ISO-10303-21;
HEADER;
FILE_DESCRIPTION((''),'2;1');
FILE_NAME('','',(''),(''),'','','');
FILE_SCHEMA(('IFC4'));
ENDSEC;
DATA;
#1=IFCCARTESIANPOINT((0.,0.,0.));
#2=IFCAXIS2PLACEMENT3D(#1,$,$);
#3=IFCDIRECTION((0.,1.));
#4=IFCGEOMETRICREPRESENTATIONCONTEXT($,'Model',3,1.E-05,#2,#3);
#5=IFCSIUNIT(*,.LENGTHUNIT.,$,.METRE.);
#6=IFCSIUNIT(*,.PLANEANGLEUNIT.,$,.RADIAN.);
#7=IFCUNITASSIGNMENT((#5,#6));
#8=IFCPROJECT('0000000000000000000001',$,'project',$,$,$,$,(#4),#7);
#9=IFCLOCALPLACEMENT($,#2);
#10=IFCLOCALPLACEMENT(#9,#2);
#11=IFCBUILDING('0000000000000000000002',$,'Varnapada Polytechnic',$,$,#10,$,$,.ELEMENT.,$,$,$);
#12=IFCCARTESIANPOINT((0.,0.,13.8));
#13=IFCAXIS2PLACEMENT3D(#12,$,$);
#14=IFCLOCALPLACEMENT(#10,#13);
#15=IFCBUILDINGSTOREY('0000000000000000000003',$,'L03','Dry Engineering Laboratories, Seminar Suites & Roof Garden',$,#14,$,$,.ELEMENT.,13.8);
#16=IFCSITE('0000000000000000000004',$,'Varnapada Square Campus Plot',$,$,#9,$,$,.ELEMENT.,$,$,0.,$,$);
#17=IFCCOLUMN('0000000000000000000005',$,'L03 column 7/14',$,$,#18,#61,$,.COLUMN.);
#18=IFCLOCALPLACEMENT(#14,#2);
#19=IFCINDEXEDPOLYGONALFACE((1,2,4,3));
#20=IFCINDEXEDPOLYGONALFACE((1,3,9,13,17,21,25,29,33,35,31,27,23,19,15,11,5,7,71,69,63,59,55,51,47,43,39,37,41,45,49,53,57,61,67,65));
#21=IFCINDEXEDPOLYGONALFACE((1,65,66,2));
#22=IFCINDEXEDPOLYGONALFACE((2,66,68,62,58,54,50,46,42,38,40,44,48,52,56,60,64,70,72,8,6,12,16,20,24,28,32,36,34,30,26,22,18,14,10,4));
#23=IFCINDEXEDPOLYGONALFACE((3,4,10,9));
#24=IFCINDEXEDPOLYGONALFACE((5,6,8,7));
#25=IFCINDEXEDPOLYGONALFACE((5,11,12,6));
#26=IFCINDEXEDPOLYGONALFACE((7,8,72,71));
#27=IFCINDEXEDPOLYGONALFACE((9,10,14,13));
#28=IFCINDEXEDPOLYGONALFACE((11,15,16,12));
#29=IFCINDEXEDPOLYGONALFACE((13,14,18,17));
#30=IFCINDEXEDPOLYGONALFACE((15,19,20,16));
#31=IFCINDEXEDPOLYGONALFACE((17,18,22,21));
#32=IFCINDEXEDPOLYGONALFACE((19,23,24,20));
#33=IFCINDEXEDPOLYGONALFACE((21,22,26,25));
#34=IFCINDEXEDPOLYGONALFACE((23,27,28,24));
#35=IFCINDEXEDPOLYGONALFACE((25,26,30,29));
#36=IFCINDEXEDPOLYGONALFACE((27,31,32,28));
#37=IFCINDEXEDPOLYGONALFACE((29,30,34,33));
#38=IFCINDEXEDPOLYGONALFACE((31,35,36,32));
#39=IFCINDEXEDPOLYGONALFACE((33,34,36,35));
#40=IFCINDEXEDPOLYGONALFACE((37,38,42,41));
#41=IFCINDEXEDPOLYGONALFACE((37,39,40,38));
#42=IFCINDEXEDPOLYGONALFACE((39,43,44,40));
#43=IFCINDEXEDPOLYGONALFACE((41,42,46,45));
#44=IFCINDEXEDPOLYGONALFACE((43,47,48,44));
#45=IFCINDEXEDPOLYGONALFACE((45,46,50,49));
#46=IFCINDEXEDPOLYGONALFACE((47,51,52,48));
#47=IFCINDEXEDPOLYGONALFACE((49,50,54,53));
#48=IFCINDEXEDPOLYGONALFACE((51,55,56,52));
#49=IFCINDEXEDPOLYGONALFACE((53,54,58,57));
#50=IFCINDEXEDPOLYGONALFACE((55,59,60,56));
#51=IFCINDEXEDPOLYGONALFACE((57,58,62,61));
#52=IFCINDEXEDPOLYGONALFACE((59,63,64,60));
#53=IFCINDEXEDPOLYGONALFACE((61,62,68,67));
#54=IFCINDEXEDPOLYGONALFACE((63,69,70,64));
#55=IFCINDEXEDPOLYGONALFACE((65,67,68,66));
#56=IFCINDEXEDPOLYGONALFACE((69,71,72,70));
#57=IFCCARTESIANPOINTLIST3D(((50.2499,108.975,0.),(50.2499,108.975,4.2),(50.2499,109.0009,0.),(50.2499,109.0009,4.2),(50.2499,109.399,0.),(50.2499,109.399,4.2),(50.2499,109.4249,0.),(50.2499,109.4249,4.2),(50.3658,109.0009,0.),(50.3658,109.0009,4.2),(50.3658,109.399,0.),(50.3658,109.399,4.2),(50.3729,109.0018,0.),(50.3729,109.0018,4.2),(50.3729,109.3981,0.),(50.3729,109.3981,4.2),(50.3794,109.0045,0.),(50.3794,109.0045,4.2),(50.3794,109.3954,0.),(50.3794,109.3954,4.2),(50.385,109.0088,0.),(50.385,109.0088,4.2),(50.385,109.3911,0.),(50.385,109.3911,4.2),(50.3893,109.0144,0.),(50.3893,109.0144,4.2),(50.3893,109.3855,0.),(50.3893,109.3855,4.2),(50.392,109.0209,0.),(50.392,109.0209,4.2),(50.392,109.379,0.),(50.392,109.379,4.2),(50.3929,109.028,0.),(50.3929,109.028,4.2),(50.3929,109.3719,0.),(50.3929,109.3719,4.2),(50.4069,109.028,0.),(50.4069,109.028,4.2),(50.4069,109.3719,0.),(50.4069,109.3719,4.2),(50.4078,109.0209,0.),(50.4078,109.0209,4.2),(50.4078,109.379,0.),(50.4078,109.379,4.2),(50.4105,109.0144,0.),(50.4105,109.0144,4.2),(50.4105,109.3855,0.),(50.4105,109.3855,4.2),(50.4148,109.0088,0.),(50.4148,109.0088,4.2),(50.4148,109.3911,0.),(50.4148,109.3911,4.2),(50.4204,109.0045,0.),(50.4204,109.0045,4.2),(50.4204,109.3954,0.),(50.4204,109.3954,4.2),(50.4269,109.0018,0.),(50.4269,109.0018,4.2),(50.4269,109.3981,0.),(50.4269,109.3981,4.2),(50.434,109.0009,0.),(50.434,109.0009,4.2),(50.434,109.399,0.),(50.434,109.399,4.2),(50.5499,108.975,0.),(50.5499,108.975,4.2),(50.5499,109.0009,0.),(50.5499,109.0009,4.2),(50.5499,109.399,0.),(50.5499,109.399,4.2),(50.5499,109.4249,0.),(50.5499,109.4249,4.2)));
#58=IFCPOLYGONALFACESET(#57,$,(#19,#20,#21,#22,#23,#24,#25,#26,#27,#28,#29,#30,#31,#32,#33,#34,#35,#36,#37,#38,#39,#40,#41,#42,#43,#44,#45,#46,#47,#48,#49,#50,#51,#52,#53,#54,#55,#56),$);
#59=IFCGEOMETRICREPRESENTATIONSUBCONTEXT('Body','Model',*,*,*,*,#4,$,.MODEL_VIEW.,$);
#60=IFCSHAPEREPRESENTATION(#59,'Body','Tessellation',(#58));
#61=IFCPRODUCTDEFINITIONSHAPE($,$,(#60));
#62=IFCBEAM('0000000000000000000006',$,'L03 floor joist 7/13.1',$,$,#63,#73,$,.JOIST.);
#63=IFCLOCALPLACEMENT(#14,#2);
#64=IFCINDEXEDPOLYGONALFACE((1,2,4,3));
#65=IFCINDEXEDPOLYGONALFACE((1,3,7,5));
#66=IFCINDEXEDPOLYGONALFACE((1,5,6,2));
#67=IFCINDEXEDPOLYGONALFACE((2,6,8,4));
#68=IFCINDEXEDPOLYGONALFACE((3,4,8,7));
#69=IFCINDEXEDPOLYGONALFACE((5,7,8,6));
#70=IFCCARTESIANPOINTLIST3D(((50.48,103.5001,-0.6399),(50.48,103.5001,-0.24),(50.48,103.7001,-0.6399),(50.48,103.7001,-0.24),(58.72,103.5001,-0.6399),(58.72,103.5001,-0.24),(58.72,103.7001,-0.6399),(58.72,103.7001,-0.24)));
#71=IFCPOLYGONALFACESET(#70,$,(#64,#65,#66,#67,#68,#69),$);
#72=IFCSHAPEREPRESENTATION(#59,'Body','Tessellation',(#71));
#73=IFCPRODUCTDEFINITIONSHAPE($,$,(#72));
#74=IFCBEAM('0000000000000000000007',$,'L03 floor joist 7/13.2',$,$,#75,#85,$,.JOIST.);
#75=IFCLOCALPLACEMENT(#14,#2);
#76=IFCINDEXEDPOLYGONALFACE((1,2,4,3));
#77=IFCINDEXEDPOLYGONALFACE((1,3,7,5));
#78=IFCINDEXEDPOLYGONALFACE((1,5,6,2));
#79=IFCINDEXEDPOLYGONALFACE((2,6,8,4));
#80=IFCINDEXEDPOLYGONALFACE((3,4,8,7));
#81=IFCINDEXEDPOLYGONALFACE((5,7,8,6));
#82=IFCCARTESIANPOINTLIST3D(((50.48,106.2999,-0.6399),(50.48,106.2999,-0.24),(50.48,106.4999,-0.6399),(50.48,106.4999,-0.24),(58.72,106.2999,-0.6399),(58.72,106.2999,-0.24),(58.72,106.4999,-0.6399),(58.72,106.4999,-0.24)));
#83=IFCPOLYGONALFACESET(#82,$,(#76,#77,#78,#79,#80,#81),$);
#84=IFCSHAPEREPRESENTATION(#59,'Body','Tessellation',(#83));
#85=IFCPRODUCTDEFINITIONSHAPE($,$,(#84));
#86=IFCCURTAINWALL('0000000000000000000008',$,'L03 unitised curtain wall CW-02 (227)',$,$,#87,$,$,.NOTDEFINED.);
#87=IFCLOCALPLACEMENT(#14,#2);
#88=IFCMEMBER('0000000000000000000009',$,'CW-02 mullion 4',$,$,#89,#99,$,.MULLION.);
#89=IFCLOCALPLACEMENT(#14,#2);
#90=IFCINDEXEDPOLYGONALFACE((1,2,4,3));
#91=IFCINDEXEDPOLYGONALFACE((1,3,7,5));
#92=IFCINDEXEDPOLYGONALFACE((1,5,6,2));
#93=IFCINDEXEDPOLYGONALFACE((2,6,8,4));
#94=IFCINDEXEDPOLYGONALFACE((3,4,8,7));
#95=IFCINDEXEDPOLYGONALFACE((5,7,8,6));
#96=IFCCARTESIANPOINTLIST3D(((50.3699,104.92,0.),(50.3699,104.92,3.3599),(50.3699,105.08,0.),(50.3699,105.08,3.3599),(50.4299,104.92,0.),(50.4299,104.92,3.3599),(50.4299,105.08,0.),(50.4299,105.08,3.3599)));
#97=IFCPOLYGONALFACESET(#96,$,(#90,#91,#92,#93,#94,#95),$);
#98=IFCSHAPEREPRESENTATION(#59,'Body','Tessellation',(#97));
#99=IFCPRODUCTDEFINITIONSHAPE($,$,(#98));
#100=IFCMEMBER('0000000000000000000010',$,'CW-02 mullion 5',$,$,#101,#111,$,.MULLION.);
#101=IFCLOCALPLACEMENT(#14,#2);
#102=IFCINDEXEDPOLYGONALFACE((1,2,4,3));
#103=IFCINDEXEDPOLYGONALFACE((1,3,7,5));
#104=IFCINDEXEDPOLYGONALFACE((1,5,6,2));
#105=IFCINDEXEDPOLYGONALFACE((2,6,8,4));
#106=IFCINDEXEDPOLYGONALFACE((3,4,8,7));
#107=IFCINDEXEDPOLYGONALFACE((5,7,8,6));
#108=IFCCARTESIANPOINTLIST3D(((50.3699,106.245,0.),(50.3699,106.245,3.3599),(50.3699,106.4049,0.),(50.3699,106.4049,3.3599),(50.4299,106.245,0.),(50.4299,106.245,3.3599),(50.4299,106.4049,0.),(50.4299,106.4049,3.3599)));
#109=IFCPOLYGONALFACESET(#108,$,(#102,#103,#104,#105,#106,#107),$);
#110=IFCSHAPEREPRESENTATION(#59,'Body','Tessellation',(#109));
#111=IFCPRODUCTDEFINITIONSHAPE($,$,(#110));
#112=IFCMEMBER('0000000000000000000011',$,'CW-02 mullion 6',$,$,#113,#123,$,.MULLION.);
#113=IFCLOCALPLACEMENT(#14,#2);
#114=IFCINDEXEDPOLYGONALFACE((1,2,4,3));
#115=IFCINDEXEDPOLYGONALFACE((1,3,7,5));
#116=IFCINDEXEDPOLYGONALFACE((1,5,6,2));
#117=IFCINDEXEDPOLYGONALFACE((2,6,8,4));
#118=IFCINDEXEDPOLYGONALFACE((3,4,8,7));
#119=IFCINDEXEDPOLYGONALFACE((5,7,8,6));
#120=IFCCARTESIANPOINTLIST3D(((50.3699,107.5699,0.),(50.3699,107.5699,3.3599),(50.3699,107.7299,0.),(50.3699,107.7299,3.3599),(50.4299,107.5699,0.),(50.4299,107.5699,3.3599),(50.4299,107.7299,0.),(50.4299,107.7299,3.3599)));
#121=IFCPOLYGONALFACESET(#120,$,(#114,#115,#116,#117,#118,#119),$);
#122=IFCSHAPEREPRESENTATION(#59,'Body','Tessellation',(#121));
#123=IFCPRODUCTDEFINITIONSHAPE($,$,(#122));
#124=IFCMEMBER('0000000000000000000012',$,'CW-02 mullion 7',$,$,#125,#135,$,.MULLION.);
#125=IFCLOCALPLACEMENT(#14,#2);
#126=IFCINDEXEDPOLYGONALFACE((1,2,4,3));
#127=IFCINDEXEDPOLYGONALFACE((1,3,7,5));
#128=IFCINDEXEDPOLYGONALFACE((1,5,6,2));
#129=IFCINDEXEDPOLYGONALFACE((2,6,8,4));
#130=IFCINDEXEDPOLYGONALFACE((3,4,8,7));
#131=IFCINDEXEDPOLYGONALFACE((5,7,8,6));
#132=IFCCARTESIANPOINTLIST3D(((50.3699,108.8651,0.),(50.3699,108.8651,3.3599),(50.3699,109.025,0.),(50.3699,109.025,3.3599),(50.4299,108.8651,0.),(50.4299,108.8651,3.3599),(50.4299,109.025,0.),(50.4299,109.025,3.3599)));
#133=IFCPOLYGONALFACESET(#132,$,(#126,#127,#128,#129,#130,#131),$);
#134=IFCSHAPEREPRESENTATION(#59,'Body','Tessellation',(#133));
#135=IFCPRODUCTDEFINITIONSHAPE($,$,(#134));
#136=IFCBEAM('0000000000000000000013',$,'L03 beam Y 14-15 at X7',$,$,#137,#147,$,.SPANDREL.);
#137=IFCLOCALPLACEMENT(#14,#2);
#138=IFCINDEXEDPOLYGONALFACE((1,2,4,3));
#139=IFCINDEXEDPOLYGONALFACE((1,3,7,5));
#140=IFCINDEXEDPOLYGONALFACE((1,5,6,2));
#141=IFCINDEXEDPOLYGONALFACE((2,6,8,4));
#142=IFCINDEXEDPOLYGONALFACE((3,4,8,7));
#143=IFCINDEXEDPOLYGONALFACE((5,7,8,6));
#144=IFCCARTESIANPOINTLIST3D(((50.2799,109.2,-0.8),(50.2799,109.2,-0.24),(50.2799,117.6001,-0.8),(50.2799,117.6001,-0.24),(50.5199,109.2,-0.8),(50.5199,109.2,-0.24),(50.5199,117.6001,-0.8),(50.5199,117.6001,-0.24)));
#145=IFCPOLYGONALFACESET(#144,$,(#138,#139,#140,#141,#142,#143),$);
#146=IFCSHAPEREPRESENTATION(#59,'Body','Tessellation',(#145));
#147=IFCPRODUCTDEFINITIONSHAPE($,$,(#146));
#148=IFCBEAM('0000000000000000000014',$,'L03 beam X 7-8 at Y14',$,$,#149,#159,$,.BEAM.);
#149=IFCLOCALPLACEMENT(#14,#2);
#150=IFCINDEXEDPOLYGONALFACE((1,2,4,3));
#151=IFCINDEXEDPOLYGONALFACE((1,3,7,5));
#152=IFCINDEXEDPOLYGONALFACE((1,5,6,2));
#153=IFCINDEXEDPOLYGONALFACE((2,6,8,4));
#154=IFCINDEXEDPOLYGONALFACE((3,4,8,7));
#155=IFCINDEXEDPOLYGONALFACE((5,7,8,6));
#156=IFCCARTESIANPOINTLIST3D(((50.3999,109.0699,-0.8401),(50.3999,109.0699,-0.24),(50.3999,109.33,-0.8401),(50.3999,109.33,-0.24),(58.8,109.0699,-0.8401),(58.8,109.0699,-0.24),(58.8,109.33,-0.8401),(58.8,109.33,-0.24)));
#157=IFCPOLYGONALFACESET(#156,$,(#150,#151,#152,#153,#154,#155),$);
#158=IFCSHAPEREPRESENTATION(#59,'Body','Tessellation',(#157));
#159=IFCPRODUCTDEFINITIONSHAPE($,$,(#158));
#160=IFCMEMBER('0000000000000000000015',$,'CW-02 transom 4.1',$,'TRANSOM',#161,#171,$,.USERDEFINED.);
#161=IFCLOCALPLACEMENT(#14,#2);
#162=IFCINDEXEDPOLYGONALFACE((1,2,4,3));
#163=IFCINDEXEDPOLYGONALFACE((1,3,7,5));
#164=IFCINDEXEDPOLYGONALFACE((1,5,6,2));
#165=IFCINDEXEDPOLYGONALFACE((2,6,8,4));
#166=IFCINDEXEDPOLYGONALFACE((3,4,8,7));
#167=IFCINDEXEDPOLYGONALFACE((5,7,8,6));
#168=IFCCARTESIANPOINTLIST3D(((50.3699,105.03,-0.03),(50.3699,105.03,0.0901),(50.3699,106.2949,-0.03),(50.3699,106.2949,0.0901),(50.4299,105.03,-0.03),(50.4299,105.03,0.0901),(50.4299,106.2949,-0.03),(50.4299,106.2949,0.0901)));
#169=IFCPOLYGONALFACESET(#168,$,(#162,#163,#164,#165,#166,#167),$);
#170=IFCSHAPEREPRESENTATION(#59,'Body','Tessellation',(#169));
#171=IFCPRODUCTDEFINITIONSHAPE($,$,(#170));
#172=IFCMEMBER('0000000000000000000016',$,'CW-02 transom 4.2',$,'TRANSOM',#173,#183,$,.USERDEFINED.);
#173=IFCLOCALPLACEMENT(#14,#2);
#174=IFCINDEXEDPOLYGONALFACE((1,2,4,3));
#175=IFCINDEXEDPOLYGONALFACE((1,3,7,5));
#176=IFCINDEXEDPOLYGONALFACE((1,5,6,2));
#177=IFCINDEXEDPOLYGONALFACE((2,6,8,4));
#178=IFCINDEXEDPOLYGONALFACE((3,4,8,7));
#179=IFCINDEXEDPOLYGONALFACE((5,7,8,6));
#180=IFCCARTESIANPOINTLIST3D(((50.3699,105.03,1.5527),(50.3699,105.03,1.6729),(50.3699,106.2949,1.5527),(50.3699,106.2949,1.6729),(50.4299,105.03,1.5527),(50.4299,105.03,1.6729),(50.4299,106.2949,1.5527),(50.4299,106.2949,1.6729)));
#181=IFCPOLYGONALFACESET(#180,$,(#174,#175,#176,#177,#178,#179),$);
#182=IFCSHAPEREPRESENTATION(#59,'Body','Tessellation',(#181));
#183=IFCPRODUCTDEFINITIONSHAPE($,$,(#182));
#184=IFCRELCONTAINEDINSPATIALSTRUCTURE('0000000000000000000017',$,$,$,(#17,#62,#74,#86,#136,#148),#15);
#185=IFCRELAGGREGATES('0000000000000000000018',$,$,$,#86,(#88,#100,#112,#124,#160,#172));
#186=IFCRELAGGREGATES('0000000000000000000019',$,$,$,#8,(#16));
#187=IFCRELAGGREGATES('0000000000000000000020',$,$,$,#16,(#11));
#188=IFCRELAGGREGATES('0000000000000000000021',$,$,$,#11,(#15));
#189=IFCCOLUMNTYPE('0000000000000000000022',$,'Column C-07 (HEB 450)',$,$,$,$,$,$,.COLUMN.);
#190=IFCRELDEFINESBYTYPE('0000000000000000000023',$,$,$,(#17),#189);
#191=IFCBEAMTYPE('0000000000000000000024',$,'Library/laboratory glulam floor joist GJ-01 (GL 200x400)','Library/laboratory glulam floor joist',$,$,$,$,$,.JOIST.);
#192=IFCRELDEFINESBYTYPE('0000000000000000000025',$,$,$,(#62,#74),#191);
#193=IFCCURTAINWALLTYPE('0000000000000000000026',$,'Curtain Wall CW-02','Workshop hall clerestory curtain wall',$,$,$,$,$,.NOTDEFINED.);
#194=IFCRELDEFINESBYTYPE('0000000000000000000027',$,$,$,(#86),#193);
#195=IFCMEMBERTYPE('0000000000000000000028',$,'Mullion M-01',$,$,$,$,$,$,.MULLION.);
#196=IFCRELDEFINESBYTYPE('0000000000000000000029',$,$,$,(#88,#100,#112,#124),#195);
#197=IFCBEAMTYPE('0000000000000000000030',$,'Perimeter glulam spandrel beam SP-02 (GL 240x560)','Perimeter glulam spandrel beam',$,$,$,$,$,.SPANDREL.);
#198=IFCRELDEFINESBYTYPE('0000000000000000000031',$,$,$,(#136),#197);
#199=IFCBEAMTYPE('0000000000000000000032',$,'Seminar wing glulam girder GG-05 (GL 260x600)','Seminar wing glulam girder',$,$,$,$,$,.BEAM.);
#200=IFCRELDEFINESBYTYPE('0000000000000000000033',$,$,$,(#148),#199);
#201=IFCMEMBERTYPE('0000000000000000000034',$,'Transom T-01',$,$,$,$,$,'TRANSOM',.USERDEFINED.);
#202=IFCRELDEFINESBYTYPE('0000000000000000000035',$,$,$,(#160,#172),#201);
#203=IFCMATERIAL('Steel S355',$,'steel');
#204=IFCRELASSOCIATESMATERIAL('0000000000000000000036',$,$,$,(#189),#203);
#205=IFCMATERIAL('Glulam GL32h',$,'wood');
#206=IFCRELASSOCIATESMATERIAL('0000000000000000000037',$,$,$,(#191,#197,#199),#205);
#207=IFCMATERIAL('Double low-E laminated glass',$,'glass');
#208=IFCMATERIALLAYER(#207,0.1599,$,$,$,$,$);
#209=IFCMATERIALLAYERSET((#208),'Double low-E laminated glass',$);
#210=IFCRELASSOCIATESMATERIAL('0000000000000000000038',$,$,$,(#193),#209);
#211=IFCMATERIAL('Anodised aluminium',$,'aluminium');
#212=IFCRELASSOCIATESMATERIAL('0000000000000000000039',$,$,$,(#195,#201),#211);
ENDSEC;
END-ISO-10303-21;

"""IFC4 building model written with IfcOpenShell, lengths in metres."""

from ifc_helpers import new_model, si_unit, direction, frame, origin, origin_2d, place, context, subcontext, project, spatial, rectangle, i_section, extrude, material, layer, layer_set, material_profile, profile_set, type_object, element, aggregate, save


model = new_model("IFC4")

# Units and contexts
model_context = context("Model", 3, precision=1e-05, world=origin(), true_north=direction((0.0, 1.0)))
body_context = subcontext(model_context, "Body", "Model", "MODEL_VIEW")
ifc_project = project(units=[si_unit("LENGTHUNIT", "METRE"), si_unit("PLANEANGLEUNIT", "RADIAN")], contexts=[model_context])

# Site, building, storey
site_placement = place(None, origin())
site = spatial("IfcSite", under=ifc_project, at=site_placement, Name="Varnapada Square Campus Plot", CompositionType="ELEMENT", RefElevation=0.0)
building_placement = place(site_placement, origin())
building = spatial("IfcBuilding", under=site, at=building_placement, Name="Varnapada Polytechnic", CompositionType="ELEMENT")
storey_placement = place(building_placement, frame((0.0, 0.0, 13.8)))
storey = spatial("IfcBuildingStorey", under=building, at=storey_placement, Name="L03", Description="Dry Engineering Laboratories, Seminar Suites & Roof Garden", CompositionType="ELEMENT", Elevation=13.8)

# Column
ifc_material_1 = material(Name="Steel S355", Category="steel")
ifc_material_profile_1 = material_profile(ifc_material_1, i_section(OverallWidth=0.3, OverallDepth=0.45, WebThickness=0.0139, FlangeThickness=0.0259, FilletRadius=0.0271, at=origin_2d()), Name="HEB 450")
ifc_profile_set_1 = profile_set([ifc_material_profile_1], Name="Steel S355")
column_type = type_object("IfcColumnType", Name="Column C-07 (HEB 450)", PredefinedType="COLUMN", material=ifc_profile_set_1)
column_placement = place(storey_placement, frame((50.3999, 109.2, 0.0), z_axis=(0.0, 0.0, 1.0), x_axis=(1.0, 0.0, 0.0)))
element("IfcColumn", 1, at=column_placement, inside=storey, type_object=column_type, Name="L03 column 7/14", PredefinedType="COLUMN", context=body_context, shape_type="SweptSolid", body=[
    extrude(i_section(OverallWidth=0.3, OverallDepth=0.45, WebThickness=0.0139, FlangeThickness=0.0259, FilletRadius=0.0271, at=origin_2d()), origin(), (0.0, 0.0, 1.0), 4.2),
])

# Beams
ifc_material_2 = material(Name="Glulam GL32h", Category="wood")
ifc_material_profile_2 = material_profile(ifc_material_2, rectangle(XDim=0.2, YDim=0.3999, at=origin_2d()), Name="GL 200x400")
ifc_profile_set_2 = profile_set([ifc_material_profile_2], Name="Glulam GL32h")
beam_type_1 = type_object("IfcBeamType", Name="Library/laboratory glulam floor joist GJ-01 (GL 200x400)", Description="Library/laboratory glulam floor joist", PredefinedType="JOIST", material=ifc_profile_set_2)
for number, where, z_axis, x_axis, name in (
    (2, (50.48, 103.6001, -0.4399), (1.0, 0.0, 0.0), (0.0, 1.0, 0.0), "L03 floor joist 7/13.1"),
    (3, (50.48, 106.3999, -0.4399), (1.0, 0.0, 0.0), (0.0, 1.0, 0.0), "L03 floor joist 7/13.2"),
):
    element("IfcBeam", number, at=place(storey_placement, frame(where, z_axis=z_axis, x_axis=x_axis)), inside=storey, type_object=beam_type_1, Name=name, PredefinedType="JOIST", context=body_context, shape_type="SweptSolid", body=[
        extrude(rectangle(XDim=0.2, YDim=0.3999, at=origin_2d()), origin(), (0.0, 0.0, 1.0), 8.24),
    ])

# Curtain wall, members
ifc_material_3 = material(Name="Double low-E laminated glass", Category="glass")
ifc_layer_1 = layer(ifc_material_3, 0.1599)
ifc_layer_set_1 = layer_set([ifc_layer_1], Name="Double low-E laminated glass")
curtain_wall_type = type_object("IfcCurtainWallType", Name="Curtain Wall CW-02", Description="Workshop hall clerestory curtain wall", PredefinedType="NOTDEFINED", material=ifc_layer_set_1)
curtain_wall_placement = place(storey_placement, origin())
curtain_wall = element("IfcCurtainWall", 4, at=curtain_wall_placement, inside=storey, type_object=curtain_wall_type, Name="L03 unitised curtain wall CW-02 (227)", PredefinedType="NOTDEFINED")
ifc_material_4 = material(Name="Anodised aluminium", Category="aluminium")
ifc_material_profile_3 = material_profile(ifc_material_4, rectangle(XDim=0.0601, YDim=0.1599, at=origin_2d()), Name="ALU M60x160")
ifc_profile_set_3 = profile_set([ifc_material_profile_3], Name="Anodised aluminium")
member_type_1 = type_object("IfcMemberType", Name="Mullion M-01", PredefinedType="MULLION", material=ifc_profile_set_3)
member_1_placement = place(storey_placement, frame((50.3999, 105.0, 0.0), z_axis=(0.0, 0.0, 1.0), x_axis=(-1.0, 0.0, 0.0)))
member_1 = element("IfcMember", 5, at=member_1_placement, type_object=member_type_1, Name="CW-02 mullion 4", PredefinedType="MULLION", context=body_context, shape_type="SweptSolid", body=[
    extrude(rectangle(XDim=0.0601, YDim=0.1599, at=origin_2d()), origin(), (0.0, 0.0, 1.0), 3.3599),
])
member_2_placement = place(storey_placement, frame((50.3999, 106.325, 0.0), z_axis=(0.0, 0.0, 1.0), x_axis=(-1.0, 0.0, 0.0)))
member_2 = element("IfcMember", 6, at=member_2_placement, type_object=member_type_1, Name="CW-02 mullion 5", PredefinedType="MULLION", context=body_context, shape_type="SweptSolid", body=[
    extrude(rectangle(XDim=0.0601, YDim=0.1599, at=origin_2d()), origin(), (0.0, 0.0, 1.0), 3.3599),
])
member_3_placement = place(storey_placement, frame((50.3999, 107.6499, 0.0), z_axis=(0.0, 0.0, 1.0), x_axis=(-1.0, 0.0, 0.0)))
member_3 = element("IfcMember", 7, at=member_3_placement, type_object=member_type_1, Name="CW-02 mullion 6", PredefinedType="MULLION", context=body_context, shape_type="SweptSolid", body=[
    extrude(rectangle(XDim=0.0601, YDim=0.1599, at=origin_2d()), origin(), (0.0, 0.0, 1.0), 3.3599),
])
member_4_placement = place(storey_placement, frame((50.3999, 108.9451, 0.0), z_axis=(0.0, 0.0, 1.0), x_axis=(-1.0, 0.0, 0.0)))
member_4 = element("IfcMember", 8, at=member_4_placement, type_object=member_type_1, Name="CW-02 mullion 7", PredefinedType="MULLION", context=body_context, shape_type="SweptSolid", body=[
    extrude(rectangle(XDim=0.0601, YDim=0.1599, at=origin_2d()), origin(), (0.0, 0.0, 1.0), 3.3599),
])

# Beams
ifc_material_profile_4 = material_profile(ifc_material_2, rectangle(XDim=0.24, YDim=0.5601, at=origin_2d()), Name="GL 240x560")
ifc_profile_set_4 = profile_set([ifc_material_profile_4], Name="Glulam GL32h")
beam_type_2 = type_object("IfcBeamType", Name="Perimeter glulam spandrel beam SP-02 (GL 240x560)", Description="Perimeter glulam spandrel beam", PredefinedType="SPANDREL", material=ifc_profile_set_4)
beam_1_placement = place(storey_placement, frame((50.3999, 109.2, -0.52), z_axis=(0.0, 1.0, 0.0), x_axis=(-1.0, 0.0, 0.0)))
element("IfcBeam", 9, at=beam_1_placement, inside=storey, type_object=beam_type_2, Name="L03 beam Y 14-15 at X7", PredefinedType="SPANDREL", context=body_context, shape_type="SweptSolid", body=[
    extrude(rectangle(XDim=0.24, YDim=0.5601, at=origin_2d()), origin(), (0.0, 0.0, 1.0), 8.4001),
])
ifc_material_profile_5 = material_profile(ifc_material_2, rectangle(XDim=0.26, YDim=0.6001, at=origin_2d()), Name="GL 260x600")
ifc_profile_set_5 = profile_set([ifc_material_profile_5], Name="Glulam GL32h")
beam_type_3 = type_object("IfcBeamType", Name="Seminar wing glulam girder GG-05 (GL 260x600)", Description="Seminar wing glulam girder", PredefinedType="BEAM", material=ifc_profile_set_5)
beam_2_placement = place(storey_placement, frame((50.3999, 109.2, -0.54), z_axis=(1.0, 0.0, 0.0), x_axis=(0.0, 1.0, 0.0)))
element("IfcBeam", 10, at=beam_2_placement, inside=storey, type_object=beam_type_3, Name="L03 beam X 7-8 at Y14", PredefinedType="BEAM", context=body_context, shape_type="SweptSolid", body=[
    extrude(rectangle(XDim=0.26, YDim=0.6001, at=origin_2d()), origin(), (0.0, 0.0, 1.0), 8.4001),
])

# Members
ifc_material_profile_6 = material_profile(ifc_material_4, rectangle(XDim=0.0601, YDim=0.1201, at=origin_2d()), Name="ALU T60x120")
ifc_profile_set_6 = profile_set([ifc_material_profile_6], Name="Anodised aluminium")
member_type_2 = type_object("IfcMemberType", Name="Transom T-01", ElementType="TRANSOM", PredefinedType="USERDEFINED", material=ifc_profile_set_6)
member_5_placement = place(storey_placement, frame((50.3999, 105.03, 0.03), z_axis=(0.0, 1.0, 0.0), x_axis=(-1.0, 0.0, 0.0)))
member_5 = element("IfcMember", 11, at=member_5_placement, type_object=member_type_2, Name="CW-02 transom 4.1", ObjectType="TRANSOM", PredefinedType="USERDEFINED", context=body_context, shape_type="SweptSolid", body=[
    extrude(rectangle(XDim=0.0601, YDim=0.1201, at=origin_2d()), origin(), (0.0, 0.0, 1.0), 1.2649),
])
member_6_placement = place(storey_placement, frame((50.3999, 105.03, 1.6128), z_axis=(0.0, 1.0, 0.0), x_axis=(-1.0, 0.0, 0.0)))
member_6 = element("IfcMember", 12, at=member_6_placement, type_object=member_type_2, Name="CW-02 transom 4.2", ObjectType="TRANSOM", PredefinedType="USERDEFINED", context=body_context, shape_type="SweptSolid", body=[
    extrude(rectangle(XDim=0.0601, YDim=0.1201, at=origin_2d()), origin(), (0.0, 0.0, 1.0), 1.2649),
])

aggregate(curtain_wall, [member_1, member_2, member_3, member_4, member_5, member_6])

save(model, "model.ifc")
